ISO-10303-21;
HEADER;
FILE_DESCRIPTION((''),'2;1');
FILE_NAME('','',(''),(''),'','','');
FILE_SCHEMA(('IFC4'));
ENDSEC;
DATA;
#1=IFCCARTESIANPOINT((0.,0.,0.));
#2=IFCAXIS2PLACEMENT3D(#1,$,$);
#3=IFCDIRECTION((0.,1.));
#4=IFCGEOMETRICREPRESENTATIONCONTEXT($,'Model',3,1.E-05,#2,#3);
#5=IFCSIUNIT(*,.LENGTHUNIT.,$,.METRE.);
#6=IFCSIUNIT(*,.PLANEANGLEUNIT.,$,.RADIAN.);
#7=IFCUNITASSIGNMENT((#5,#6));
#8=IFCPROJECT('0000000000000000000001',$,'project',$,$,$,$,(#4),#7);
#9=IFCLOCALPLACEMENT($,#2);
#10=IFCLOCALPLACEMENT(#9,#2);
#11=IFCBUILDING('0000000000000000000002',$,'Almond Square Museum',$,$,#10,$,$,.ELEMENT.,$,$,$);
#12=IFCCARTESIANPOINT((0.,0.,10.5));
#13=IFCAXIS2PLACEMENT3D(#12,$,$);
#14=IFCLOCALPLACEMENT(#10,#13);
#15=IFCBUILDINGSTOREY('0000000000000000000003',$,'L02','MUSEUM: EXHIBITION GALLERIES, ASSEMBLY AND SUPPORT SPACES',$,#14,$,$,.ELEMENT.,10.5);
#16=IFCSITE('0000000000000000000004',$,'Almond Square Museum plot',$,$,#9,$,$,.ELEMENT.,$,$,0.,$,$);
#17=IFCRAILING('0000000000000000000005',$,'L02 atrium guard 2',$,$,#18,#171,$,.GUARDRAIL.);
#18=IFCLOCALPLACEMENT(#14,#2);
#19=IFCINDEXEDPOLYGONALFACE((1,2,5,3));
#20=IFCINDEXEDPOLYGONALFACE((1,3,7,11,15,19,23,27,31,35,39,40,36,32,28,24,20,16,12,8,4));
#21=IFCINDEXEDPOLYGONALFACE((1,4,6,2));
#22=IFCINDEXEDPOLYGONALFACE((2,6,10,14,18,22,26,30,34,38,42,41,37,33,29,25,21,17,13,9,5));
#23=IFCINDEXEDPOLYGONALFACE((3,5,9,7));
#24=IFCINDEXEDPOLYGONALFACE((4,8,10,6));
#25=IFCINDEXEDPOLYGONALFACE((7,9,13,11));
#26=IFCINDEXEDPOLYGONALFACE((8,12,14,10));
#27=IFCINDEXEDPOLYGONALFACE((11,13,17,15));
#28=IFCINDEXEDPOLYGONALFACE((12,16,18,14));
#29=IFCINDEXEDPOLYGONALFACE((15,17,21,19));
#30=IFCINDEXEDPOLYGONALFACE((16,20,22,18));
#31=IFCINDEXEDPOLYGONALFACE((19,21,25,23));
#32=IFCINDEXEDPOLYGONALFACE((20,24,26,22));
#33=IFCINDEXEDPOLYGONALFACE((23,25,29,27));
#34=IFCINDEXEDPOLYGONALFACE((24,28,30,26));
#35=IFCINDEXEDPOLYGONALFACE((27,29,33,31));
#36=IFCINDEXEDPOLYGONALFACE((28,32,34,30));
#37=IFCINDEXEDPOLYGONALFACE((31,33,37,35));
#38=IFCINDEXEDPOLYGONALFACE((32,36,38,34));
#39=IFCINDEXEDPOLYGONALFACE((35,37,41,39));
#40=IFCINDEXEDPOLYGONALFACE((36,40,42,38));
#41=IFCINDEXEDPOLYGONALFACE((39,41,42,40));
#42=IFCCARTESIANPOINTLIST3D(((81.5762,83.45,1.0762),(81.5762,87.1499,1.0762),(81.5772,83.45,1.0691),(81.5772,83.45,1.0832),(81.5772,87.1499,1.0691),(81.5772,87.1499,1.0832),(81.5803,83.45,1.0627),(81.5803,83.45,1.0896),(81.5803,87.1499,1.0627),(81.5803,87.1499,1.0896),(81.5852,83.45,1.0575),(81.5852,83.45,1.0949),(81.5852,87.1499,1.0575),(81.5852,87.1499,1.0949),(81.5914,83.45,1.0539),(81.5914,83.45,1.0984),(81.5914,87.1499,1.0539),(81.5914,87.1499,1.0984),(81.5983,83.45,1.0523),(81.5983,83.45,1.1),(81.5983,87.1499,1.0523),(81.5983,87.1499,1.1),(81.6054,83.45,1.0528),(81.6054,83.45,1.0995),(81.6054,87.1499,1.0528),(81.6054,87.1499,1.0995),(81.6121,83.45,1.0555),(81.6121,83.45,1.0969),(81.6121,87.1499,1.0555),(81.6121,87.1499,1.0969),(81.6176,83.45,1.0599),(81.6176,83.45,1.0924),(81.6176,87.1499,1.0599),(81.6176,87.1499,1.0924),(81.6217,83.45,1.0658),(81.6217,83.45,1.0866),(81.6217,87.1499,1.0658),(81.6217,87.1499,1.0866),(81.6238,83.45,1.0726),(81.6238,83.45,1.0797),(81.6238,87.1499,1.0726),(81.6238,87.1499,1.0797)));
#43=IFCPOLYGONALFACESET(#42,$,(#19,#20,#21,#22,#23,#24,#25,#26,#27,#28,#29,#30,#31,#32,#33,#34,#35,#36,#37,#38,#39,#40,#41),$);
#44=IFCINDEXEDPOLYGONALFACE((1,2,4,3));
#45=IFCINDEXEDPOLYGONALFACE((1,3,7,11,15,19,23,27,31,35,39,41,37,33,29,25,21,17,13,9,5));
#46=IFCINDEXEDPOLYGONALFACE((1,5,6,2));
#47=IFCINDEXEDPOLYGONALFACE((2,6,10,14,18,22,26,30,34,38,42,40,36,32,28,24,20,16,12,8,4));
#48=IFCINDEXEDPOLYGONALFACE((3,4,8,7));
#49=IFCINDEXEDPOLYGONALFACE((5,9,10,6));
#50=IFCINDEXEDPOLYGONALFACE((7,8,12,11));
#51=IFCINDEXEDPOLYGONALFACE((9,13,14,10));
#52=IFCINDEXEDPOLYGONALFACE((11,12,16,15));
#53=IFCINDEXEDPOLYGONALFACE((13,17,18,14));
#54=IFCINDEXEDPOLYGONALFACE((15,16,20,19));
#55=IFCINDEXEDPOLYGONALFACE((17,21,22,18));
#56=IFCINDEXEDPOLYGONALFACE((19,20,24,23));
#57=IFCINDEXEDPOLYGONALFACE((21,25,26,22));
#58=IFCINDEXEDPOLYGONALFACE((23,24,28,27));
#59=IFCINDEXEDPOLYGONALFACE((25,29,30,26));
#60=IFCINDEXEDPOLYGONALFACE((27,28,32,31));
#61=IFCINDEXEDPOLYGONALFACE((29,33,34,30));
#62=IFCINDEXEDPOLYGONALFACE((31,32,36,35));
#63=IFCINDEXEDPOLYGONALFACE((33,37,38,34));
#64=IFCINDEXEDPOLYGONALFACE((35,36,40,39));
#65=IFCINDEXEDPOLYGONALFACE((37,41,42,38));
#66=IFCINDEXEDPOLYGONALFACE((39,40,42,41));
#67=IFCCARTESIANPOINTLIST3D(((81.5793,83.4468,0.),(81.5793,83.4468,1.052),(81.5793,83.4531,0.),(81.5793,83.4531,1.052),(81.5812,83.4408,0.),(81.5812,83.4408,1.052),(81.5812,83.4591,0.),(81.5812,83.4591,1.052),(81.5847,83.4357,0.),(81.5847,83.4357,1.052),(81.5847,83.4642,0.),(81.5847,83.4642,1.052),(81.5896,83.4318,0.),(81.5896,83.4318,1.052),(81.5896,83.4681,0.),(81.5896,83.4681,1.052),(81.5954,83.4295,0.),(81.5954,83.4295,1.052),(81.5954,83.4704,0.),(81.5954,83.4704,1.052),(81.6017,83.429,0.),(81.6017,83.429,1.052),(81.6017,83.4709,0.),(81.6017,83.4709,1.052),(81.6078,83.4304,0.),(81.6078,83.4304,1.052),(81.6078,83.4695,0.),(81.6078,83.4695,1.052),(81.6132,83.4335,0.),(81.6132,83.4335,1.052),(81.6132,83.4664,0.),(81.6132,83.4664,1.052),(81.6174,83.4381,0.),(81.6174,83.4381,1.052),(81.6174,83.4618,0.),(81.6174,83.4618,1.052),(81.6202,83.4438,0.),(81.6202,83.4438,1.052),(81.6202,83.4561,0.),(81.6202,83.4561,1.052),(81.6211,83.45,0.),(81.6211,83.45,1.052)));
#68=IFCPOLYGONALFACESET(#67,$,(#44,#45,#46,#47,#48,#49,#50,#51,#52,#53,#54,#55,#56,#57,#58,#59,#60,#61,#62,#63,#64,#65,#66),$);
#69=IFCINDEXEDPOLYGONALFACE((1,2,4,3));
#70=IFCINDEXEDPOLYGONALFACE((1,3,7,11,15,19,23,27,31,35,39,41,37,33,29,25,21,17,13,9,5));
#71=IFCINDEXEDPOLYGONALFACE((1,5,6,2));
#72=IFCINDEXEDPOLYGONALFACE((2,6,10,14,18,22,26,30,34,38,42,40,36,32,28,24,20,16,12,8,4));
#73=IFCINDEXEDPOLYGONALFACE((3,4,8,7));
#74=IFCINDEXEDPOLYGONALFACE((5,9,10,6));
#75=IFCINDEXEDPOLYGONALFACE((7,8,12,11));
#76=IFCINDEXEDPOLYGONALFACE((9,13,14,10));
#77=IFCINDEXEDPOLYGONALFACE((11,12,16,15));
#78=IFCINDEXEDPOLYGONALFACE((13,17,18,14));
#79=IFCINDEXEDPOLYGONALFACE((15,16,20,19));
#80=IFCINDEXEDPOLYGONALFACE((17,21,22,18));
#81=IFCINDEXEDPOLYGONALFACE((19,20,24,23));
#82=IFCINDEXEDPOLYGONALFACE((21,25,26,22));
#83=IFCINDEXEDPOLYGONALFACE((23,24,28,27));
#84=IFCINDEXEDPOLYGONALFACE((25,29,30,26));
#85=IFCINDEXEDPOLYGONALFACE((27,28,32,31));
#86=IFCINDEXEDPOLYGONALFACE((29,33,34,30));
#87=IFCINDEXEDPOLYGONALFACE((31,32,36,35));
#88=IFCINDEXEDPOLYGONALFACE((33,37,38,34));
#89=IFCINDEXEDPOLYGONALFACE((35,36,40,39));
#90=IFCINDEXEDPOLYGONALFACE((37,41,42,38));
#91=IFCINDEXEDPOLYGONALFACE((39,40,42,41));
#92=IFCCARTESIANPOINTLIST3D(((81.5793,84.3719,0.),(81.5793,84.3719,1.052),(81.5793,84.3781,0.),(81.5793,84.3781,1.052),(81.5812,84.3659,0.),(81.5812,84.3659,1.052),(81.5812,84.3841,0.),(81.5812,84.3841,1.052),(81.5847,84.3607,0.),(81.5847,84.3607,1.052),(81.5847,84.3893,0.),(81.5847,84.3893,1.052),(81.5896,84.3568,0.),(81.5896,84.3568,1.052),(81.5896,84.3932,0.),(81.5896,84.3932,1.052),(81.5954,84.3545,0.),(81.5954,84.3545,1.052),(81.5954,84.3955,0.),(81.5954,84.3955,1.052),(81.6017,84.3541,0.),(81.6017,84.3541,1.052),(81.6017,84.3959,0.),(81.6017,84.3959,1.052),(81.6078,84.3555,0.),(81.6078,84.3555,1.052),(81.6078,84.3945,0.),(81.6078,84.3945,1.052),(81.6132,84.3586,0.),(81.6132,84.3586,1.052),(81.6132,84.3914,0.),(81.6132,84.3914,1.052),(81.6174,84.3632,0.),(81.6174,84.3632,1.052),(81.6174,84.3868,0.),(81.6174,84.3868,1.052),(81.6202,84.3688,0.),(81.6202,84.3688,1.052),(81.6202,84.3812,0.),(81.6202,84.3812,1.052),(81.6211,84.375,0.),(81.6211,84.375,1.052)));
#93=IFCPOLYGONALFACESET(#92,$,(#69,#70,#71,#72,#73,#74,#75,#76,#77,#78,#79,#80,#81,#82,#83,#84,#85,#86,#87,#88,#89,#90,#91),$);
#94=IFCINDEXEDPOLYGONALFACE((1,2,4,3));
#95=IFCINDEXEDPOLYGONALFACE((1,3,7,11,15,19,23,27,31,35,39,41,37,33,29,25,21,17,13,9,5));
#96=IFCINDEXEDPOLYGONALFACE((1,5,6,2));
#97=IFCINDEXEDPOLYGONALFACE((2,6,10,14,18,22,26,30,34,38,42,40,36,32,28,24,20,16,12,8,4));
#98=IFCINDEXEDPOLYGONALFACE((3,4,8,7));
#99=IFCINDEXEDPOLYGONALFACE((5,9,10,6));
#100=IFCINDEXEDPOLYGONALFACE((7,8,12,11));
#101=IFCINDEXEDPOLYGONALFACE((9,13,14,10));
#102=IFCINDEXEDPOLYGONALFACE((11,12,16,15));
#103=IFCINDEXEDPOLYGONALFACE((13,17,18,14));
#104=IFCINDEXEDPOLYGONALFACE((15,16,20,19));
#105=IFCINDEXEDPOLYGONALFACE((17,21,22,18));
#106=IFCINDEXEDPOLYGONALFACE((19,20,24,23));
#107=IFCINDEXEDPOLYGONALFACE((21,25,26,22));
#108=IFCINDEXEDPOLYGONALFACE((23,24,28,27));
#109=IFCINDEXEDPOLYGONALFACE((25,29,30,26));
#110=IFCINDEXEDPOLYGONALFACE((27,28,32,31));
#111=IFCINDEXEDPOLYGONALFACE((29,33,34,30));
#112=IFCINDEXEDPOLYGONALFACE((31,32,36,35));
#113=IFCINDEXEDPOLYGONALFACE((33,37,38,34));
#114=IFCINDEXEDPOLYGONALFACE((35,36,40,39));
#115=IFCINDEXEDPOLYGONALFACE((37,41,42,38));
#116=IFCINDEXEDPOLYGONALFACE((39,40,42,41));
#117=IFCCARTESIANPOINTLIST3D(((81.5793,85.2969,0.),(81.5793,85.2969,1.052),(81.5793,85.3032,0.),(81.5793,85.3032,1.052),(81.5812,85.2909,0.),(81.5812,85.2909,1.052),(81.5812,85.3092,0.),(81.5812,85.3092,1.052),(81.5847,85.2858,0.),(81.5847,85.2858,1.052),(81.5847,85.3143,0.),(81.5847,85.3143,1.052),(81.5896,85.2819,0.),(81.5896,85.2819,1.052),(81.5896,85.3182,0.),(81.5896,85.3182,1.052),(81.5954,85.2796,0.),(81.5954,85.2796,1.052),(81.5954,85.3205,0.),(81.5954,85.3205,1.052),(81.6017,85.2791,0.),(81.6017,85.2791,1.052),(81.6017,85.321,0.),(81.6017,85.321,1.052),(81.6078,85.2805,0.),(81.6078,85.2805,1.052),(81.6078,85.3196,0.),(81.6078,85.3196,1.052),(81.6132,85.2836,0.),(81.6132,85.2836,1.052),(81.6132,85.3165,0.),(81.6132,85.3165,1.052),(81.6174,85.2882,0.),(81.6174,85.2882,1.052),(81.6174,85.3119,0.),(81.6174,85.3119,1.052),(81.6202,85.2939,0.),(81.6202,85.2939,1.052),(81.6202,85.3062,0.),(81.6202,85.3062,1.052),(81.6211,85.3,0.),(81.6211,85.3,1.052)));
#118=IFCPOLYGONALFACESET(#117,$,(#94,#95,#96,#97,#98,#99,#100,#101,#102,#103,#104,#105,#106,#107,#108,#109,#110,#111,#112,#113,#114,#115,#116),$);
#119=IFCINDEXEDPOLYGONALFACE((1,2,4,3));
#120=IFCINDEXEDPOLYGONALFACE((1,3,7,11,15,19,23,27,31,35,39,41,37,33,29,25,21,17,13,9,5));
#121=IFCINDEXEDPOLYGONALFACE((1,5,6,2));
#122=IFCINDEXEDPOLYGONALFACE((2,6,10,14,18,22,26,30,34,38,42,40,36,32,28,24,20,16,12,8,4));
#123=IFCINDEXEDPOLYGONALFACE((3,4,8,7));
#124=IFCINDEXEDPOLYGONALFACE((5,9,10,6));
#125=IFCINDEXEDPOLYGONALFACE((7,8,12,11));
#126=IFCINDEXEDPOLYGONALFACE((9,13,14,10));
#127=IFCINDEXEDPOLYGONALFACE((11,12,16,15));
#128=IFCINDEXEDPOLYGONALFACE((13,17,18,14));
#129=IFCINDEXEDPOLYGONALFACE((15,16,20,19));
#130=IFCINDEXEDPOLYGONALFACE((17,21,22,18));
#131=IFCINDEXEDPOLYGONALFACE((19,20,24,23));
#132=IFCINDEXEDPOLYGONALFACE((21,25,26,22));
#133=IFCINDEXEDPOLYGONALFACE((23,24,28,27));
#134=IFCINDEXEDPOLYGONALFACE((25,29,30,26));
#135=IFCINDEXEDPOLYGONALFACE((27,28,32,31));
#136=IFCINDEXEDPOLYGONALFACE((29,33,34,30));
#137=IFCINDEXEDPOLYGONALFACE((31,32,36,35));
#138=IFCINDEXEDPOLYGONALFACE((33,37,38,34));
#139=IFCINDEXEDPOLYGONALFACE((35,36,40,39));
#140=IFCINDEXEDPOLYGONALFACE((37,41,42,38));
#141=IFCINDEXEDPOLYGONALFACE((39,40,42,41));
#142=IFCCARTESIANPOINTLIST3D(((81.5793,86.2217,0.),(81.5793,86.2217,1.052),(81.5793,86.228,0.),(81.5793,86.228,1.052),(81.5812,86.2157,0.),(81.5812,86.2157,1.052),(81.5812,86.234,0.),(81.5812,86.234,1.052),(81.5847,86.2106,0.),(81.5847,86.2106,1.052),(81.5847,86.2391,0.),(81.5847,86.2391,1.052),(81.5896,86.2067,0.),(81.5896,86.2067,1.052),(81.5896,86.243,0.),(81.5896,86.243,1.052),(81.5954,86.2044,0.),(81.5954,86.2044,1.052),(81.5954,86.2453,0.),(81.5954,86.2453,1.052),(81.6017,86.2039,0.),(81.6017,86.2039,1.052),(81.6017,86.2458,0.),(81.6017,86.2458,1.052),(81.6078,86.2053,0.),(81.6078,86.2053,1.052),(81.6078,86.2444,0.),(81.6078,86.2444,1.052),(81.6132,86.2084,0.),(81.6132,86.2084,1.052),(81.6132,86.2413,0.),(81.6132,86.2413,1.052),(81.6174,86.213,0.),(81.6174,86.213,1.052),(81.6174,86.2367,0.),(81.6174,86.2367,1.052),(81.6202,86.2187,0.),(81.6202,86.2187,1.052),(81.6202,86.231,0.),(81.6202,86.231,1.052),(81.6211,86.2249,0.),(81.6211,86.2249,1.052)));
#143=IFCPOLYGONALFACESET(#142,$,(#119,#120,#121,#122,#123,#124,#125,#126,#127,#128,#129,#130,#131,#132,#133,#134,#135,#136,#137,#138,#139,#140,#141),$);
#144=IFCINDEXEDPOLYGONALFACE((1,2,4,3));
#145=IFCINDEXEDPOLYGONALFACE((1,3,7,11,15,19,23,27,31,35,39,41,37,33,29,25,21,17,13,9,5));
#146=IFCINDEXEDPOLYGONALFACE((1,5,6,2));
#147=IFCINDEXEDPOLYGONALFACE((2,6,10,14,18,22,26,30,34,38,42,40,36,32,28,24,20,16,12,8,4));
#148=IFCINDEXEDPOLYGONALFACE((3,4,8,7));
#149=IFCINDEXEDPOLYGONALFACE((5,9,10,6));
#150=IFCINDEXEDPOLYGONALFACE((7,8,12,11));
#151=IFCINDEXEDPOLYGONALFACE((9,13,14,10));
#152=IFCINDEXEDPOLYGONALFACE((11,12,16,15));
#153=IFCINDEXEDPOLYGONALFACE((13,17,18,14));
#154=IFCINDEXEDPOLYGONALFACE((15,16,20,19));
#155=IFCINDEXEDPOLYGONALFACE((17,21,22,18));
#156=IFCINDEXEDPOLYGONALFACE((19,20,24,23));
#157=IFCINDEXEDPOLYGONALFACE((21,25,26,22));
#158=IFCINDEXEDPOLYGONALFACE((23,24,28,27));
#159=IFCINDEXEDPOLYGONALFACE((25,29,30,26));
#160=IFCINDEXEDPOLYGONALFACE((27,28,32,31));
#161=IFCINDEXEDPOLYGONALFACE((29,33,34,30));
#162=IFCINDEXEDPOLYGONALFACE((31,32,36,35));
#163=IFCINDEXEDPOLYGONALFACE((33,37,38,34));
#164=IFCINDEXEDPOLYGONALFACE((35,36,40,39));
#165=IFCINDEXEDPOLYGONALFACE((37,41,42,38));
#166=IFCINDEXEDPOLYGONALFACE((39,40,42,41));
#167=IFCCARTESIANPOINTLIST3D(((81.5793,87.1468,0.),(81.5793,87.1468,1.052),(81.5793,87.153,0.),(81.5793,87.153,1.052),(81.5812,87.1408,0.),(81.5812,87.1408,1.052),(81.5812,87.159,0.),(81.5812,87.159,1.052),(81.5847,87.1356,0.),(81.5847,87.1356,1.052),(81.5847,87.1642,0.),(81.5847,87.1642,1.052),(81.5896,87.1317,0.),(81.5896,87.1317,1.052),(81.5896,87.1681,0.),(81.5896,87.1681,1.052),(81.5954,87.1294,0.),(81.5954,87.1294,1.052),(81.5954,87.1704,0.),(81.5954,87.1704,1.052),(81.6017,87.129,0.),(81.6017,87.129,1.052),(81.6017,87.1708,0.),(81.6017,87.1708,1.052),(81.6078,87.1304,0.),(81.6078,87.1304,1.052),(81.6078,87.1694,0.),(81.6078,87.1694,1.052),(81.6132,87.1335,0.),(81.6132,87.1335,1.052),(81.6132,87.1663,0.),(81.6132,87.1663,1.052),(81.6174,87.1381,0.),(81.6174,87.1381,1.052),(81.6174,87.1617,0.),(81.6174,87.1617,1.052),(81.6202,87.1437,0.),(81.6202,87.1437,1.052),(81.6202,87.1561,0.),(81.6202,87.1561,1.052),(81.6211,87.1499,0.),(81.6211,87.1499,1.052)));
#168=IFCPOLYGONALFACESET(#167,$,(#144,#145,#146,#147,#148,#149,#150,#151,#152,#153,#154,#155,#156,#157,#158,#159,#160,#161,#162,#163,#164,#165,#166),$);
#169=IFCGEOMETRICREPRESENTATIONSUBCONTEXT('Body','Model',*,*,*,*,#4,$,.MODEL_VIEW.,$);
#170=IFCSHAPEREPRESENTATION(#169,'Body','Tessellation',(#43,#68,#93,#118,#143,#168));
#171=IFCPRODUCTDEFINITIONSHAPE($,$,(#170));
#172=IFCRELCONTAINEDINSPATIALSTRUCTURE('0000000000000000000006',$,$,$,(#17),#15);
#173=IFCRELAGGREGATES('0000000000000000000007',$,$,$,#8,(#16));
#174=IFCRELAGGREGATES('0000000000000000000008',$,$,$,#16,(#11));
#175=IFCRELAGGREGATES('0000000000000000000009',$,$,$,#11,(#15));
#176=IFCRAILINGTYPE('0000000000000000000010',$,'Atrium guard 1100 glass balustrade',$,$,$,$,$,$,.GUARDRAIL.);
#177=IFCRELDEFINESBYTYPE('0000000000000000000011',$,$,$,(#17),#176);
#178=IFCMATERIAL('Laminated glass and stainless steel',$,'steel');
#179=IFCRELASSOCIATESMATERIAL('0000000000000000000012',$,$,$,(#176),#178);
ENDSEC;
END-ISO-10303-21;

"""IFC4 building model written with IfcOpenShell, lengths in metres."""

from ifc_helpers import new_model, si_unit, direction, frame, origin, origin_2d, place, context, subcontext, project, spatial, circle, extrude, material, type_object, element, save


model = new_model("IFC4")

# Units and contexts
model_context = context("Model", 3, precision=1e-05, world=origin(), true_north=direction((0.0, 1.0)))
body_context = subcontext(model_context, "Body", "Model", "MODEL_VIEW")
ifc_project = project(units=[si_unit("LENGTHUNIT", "METRE"), si_unit("PLANEANGLEUNIT", "RADIAN")], contexts=[model_context])

# Site, building, storey
site_placement = place(None, origin())
site = spatial("IfcSite", under=ifc_project, at=site_placement, Name="Almond Square Museum plot", CompositionType="ELEMENT", RefElevation=0.0)
building_placement = place(site_placement, origin())
building = spatial("IfcBuilding", under=site, at=building_placement, Name="Almond Square Museum", CompositionType="ELEMENT")
storey_placement = place(building_placement, frame((0.0, 0.0, 10.5)))
storey = spatial("IfcBuildingStorey", under=building, at=storey_placement, Name="L02", Description="MUSEUM: EXHIBITION GALLERIES, ASSEMBLY AND SUPPORT SPACES", CompositionType="ELEMENT", Elevation=10.5)

# Railing
ifc_material_1 = material(Name="Laminated glass and stainless steel", Category="steel")
railing_type_1 = type_object("IfcRailingType", Name="Atrium guard 1100 glass balustrade", PredefinedType="GUARDRAIL", material=ifc_material_1)
railing_1_placement = place(storey_placement, frame((81.6001, 83.45, 0.0)))
element("IfcRailing", 1, at=railing_1_placement, inside=storey, type_object=railing_type_1, Name="L02 atrium guard 2", PredefinedType="GUARDRAIL", context=body_context, shape_type="SweptSolid", body=[
    extrude(circle(Radius=0.0239, at=origin_2d()), frame((0.0, 0.0, 1.0762), z_axis=(0.0, 1.0, 0.0), x_axis=(-1.0, 0.0, 0.0)), (0.0, 0.0, 1.0), 3.7),
    extrude(circle(Radius=0.021, at=origin_2d()), origin(), (0.0, 0.0, 1.0), 1.052),
    extrude(circle(Radius=0.021, at=origin_2d()), frame((0.0, 0.925, 0.0)), (0.0, 0.0, 1.0), 1.052),
    extrude(circle(Radius=0.021, at=origin_2d()), frame((0.0, 1.8501, 0.0)), (0.0, 0.0, 1.0), 1.052),
    extrude(circle(Radius=0.021, at=origin_2d()), frame((0.0, 2.7749, 0.0)), (0.0, 0.0, 1.0), 1.052),
    extrude(circle(Radius=0.021, at=origin_2d()), frame((0.0, 3.7, 0.0)), (0.0, 0.0, 1.0), 1.052),
])

save(model, "model.ifc")
